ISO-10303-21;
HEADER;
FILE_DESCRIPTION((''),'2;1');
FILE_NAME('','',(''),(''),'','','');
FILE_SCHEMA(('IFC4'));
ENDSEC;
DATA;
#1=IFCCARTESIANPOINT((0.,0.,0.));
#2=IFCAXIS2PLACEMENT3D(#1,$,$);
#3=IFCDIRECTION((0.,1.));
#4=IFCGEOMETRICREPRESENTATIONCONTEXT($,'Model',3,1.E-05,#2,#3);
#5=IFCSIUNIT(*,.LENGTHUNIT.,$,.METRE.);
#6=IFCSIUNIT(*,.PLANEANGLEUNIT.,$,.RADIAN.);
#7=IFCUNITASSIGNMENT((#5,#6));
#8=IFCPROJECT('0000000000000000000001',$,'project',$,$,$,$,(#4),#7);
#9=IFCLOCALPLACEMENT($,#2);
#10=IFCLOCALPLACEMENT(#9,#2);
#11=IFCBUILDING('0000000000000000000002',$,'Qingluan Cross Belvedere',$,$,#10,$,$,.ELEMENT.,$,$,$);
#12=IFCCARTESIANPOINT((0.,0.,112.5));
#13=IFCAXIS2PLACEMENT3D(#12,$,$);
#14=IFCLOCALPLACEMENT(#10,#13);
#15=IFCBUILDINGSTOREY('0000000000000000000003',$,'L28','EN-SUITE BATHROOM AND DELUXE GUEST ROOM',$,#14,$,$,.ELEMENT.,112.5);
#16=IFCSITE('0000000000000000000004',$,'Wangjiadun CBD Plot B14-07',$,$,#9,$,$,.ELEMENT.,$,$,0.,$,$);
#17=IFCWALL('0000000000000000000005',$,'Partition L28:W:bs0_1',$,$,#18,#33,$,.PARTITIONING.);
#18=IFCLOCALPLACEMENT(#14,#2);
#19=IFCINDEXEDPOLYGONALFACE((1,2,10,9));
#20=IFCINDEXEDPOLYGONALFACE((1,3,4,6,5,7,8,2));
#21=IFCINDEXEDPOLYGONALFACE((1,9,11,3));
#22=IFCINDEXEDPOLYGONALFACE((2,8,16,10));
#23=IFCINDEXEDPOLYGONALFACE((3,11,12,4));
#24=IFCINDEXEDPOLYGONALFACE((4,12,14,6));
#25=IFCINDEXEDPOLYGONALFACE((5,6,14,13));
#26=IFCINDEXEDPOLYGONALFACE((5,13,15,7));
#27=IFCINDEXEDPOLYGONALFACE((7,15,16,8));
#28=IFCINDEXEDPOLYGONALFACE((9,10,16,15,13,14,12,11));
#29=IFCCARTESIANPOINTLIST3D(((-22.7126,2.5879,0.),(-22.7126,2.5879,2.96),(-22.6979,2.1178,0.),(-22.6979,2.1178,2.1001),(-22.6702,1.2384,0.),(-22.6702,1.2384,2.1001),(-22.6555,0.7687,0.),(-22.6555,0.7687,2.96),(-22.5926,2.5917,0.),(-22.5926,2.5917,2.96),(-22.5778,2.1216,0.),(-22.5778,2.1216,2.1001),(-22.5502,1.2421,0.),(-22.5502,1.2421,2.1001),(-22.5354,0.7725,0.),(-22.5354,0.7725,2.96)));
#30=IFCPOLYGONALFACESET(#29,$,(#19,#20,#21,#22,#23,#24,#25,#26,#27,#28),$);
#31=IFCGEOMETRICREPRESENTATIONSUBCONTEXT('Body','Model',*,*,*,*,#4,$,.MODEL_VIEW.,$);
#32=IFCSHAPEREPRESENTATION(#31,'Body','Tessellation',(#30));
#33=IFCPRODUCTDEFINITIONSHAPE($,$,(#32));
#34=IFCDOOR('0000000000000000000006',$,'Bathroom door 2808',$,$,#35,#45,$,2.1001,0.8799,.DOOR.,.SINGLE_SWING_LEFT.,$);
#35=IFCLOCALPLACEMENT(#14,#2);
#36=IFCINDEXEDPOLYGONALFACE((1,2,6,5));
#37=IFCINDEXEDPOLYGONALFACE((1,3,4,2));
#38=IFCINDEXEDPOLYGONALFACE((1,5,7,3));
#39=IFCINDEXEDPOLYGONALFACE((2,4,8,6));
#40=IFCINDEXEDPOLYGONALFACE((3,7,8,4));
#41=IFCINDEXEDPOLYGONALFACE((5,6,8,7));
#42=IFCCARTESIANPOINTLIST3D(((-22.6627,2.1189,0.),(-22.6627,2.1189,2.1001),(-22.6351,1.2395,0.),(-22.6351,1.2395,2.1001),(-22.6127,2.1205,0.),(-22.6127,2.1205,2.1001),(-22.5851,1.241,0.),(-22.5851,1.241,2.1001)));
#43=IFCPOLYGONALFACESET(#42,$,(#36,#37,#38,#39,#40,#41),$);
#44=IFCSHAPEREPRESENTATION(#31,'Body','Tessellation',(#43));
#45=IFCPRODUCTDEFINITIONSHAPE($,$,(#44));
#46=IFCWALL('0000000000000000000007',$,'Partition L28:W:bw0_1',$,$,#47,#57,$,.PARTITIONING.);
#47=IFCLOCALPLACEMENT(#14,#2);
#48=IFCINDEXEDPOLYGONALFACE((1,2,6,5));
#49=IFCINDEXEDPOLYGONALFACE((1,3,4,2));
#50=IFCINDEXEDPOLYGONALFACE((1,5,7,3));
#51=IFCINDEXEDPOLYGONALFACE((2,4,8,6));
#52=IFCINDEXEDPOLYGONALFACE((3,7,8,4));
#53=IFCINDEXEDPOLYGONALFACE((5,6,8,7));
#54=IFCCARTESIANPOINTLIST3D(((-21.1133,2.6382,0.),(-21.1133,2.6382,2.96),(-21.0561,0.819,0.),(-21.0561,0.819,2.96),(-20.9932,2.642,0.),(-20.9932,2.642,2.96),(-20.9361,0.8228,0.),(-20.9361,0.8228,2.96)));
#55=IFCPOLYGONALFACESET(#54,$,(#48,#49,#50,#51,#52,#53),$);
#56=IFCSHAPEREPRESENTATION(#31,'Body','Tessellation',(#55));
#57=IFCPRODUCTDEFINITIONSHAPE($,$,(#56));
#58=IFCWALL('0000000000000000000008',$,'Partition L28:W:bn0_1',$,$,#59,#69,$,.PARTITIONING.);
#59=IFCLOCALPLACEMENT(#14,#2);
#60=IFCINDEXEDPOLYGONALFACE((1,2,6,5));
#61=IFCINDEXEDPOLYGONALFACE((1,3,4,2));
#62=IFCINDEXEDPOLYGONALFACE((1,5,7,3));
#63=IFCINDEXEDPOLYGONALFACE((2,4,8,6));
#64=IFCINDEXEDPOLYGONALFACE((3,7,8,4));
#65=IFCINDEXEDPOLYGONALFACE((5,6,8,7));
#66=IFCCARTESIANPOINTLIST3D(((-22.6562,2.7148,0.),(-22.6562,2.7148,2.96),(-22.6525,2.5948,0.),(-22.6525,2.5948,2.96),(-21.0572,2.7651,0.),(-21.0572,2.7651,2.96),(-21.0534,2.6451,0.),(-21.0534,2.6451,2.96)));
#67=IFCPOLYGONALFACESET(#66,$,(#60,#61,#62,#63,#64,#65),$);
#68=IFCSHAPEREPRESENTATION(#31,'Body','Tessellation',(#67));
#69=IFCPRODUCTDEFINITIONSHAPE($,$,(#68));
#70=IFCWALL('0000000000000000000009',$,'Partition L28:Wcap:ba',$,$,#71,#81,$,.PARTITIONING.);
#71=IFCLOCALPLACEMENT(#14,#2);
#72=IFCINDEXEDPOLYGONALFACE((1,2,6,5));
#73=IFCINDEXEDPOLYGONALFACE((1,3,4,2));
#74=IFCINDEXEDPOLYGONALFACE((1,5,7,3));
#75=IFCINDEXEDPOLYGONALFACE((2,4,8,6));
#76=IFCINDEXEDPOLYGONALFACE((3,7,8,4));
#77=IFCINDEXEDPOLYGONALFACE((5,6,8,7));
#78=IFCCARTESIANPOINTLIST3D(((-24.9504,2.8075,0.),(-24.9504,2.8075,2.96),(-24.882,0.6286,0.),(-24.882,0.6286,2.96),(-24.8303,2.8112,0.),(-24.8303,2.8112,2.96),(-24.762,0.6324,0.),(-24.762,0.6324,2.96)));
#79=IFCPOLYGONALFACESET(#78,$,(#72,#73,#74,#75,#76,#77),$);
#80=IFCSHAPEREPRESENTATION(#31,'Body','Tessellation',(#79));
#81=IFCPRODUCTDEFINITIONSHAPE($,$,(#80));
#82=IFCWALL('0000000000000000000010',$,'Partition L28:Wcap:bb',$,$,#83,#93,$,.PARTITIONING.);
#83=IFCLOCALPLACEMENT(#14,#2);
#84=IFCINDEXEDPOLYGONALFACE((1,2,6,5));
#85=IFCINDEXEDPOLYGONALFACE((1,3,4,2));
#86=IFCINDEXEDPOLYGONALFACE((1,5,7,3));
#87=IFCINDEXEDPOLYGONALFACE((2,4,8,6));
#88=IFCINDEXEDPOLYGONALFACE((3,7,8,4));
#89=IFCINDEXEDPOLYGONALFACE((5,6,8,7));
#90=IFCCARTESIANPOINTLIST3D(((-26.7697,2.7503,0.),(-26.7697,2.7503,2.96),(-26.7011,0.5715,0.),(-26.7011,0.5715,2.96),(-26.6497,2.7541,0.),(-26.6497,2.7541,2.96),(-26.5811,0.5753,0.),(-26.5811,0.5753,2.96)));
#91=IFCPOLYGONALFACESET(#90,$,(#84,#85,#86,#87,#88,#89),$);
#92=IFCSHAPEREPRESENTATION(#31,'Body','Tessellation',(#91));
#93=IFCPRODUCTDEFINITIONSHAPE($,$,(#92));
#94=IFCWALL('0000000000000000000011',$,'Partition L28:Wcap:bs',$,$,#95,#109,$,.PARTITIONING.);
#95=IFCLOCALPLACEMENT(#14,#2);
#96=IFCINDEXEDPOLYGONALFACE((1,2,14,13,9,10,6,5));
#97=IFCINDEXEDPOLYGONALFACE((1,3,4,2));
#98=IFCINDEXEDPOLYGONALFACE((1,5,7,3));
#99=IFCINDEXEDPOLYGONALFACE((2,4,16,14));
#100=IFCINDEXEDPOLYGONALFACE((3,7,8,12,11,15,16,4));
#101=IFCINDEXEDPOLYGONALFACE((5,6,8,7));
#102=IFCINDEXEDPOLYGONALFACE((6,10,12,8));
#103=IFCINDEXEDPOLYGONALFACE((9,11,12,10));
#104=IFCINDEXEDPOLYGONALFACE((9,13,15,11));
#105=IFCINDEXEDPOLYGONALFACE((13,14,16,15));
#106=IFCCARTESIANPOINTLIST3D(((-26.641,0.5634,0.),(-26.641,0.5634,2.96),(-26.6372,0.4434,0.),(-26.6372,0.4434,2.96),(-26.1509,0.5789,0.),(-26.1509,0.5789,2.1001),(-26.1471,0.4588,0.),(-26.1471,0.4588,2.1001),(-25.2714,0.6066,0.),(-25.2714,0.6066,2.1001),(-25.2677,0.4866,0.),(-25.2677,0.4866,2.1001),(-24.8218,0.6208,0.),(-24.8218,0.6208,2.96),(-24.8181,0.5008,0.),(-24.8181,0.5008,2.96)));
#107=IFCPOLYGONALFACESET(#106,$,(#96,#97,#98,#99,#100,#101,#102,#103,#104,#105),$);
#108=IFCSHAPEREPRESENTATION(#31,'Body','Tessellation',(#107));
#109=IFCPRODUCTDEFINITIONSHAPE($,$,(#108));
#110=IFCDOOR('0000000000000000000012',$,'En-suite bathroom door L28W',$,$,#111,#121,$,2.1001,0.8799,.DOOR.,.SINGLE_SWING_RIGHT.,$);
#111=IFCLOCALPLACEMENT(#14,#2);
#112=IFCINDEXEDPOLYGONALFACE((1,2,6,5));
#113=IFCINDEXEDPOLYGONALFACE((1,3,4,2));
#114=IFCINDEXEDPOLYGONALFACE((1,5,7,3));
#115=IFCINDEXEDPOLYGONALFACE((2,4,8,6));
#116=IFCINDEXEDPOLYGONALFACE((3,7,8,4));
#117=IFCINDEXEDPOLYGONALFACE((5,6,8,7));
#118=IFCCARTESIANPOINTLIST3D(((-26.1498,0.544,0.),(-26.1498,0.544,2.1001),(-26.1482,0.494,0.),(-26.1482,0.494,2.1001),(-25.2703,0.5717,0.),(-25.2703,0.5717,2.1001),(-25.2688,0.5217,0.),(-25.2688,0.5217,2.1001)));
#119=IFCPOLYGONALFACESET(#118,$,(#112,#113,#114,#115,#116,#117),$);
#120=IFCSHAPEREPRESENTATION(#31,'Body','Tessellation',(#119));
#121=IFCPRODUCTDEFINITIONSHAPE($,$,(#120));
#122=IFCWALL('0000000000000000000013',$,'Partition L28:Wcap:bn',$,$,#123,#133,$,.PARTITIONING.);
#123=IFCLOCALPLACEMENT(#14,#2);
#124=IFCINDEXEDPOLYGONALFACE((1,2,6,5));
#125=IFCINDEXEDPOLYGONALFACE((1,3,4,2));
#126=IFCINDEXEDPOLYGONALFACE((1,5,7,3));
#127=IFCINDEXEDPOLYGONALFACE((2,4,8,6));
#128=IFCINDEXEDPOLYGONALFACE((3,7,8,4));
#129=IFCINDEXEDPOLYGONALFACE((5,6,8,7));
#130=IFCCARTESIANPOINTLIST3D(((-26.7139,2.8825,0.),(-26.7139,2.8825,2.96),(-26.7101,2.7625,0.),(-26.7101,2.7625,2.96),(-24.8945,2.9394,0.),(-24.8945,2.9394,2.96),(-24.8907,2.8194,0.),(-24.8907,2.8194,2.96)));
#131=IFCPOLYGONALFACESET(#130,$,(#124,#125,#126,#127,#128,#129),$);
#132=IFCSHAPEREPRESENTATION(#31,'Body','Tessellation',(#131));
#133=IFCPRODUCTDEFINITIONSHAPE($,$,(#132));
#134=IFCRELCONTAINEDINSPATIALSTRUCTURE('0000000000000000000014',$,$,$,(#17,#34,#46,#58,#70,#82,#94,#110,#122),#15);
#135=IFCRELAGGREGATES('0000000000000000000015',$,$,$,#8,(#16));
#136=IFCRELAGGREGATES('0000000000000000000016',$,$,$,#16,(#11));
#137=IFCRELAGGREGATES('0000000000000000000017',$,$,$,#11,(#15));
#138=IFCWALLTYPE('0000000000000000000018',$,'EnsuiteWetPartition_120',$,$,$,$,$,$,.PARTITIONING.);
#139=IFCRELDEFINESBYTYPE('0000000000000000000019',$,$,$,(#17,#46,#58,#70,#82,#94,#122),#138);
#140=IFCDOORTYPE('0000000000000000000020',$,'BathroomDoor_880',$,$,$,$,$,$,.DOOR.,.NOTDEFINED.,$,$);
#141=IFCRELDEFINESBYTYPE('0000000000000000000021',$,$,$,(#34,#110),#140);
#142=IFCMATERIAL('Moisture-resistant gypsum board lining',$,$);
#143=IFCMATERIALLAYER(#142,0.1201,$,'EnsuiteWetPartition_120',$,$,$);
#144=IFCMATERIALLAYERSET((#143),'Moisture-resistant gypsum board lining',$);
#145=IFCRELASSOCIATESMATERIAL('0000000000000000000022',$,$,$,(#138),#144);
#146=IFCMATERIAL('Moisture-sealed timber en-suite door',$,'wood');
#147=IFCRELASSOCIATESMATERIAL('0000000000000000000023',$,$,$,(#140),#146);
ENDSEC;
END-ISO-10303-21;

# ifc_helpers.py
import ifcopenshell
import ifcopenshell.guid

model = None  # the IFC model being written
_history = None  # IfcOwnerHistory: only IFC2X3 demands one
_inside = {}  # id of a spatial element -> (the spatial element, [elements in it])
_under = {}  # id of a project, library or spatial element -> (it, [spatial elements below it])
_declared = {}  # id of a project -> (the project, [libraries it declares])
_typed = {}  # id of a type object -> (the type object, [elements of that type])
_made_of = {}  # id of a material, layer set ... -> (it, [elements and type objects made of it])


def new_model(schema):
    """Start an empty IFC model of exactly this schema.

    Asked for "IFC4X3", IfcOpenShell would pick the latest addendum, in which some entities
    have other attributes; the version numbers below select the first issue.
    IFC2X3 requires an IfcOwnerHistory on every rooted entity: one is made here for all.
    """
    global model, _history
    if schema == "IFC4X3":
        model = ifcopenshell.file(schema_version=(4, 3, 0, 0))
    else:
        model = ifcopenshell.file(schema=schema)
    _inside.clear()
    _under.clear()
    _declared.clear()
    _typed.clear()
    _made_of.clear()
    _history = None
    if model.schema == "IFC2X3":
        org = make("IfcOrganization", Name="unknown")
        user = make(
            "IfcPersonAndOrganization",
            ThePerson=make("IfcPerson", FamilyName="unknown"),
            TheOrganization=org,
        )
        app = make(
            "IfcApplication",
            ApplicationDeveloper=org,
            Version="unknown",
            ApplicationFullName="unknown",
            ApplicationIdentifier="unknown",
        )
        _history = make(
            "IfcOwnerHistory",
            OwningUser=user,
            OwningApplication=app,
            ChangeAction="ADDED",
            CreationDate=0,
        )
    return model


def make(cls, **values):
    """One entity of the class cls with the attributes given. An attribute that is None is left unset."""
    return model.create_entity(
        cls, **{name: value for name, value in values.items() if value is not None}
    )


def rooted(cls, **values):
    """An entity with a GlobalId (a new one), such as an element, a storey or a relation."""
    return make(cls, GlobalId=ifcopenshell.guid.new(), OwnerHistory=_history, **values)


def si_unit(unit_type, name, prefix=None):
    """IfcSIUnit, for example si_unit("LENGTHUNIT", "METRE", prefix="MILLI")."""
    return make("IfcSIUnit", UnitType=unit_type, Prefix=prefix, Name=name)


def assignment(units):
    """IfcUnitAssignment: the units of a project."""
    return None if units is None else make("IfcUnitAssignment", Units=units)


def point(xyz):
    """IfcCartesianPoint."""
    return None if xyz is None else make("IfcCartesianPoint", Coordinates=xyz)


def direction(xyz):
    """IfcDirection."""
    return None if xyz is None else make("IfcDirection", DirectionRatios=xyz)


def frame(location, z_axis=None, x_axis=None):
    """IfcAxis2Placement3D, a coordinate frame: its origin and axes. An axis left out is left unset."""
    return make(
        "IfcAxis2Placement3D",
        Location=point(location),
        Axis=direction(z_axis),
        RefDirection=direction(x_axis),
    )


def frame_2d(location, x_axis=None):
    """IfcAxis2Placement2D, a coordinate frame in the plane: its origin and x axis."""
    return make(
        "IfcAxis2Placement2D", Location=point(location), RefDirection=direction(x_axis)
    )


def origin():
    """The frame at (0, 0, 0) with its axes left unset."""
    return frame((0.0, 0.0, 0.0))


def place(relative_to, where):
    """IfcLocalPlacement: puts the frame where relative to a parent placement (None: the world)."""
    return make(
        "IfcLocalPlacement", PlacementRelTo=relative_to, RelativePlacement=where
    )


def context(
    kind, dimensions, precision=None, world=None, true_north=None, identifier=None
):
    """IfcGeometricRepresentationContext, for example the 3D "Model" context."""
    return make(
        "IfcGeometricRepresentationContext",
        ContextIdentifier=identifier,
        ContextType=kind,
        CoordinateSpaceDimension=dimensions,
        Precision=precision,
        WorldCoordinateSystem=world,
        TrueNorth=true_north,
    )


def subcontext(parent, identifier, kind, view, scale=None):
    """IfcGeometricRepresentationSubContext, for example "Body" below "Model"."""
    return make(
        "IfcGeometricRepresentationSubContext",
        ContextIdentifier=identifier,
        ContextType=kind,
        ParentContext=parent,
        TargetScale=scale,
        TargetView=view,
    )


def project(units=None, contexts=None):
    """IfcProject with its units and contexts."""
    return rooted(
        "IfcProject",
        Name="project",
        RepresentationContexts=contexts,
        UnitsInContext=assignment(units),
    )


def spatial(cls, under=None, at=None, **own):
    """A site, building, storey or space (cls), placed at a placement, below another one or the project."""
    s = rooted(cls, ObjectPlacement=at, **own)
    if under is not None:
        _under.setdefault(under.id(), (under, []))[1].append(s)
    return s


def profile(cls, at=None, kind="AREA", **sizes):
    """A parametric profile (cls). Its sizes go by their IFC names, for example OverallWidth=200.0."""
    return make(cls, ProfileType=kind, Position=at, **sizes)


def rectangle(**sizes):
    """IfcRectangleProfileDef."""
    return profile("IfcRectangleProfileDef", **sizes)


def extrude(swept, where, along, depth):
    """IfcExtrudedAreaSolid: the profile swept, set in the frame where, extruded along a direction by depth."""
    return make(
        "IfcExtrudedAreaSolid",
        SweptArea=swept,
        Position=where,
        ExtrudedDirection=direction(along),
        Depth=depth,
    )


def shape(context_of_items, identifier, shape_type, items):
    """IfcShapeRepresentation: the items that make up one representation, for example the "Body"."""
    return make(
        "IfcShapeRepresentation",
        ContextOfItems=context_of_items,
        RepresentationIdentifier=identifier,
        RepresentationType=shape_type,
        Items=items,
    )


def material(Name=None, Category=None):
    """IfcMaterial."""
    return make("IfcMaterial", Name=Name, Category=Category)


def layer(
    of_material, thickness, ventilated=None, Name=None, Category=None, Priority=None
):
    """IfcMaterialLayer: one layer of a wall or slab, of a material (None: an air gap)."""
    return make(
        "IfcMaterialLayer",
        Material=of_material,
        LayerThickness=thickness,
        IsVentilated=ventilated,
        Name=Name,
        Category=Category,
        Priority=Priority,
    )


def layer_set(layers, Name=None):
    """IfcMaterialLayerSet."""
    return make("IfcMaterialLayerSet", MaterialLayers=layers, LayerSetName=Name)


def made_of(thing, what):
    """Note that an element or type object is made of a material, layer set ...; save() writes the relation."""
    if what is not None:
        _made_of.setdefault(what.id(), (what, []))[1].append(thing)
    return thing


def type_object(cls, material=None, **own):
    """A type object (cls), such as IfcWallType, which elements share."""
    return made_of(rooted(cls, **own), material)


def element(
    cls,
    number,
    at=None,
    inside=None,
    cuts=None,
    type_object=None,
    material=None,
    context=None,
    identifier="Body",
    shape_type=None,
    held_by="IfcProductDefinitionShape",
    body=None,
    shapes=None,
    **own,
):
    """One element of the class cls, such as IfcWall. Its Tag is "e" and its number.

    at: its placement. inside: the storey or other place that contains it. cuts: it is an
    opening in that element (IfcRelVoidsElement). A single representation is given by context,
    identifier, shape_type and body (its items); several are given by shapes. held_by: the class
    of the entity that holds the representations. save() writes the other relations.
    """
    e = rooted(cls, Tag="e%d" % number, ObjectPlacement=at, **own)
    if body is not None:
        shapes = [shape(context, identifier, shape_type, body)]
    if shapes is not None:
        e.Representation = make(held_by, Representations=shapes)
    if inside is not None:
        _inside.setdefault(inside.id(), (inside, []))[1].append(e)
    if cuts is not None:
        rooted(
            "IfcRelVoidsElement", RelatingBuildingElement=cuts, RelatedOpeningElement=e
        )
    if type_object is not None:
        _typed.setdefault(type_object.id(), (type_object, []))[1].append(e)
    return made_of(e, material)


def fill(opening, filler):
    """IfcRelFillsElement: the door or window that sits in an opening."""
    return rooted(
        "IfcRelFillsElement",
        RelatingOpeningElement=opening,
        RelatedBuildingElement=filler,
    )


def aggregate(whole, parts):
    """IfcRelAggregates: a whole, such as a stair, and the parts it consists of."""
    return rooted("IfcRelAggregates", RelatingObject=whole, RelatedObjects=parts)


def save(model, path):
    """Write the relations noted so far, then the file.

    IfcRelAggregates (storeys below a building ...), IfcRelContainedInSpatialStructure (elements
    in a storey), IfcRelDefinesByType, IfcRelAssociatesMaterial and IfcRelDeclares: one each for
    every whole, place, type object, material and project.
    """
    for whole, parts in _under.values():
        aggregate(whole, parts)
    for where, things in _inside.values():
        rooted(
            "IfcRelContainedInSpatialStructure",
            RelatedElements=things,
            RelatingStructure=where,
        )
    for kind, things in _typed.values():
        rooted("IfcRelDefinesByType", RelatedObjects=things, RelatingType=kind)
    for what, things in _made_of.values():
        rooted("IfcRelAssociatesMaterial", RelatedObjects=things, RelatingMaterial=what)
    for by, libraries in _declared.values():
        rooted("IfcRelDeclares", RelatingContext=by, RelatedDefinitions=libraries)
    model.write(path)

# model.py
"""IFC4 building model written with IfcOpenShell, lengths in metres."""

from ifc_helpers import new_model, si_unit, direction, frame, frame_2d, origin, place, context, subcontext, project, spatial, rectangle, extrude, material, layer, layer_set, type_object, element, fill, save


model = new_model("IFC4")

# Units and contexts
model_context = context("Model", 3, precision=1e-05, world=origin(), true_north=direction((0.0, 1.0)))
body_context = subcontext(model_context, "Body", "Model", "MODEL_VIEW")
ifc_project = project(units=[si_unit("LENGTHUNIT", "METRE"), si_unit("PLANEANGLEUNIT", "RADIAN")], contexts=[model_context])

# Site, building, storey
site_placement = place(None, origin())
site = spatial("IfcSite", under=ifc_project, at=site_placement, Name="Wangjiadun CBD Plot B14-07", CompositionType="ELEMENT", RefElevation=0.0)
building_placement = place(site_placement, origin())
building = spatial("IfcBuilding", under=site, at=building_placement, Name="Qingluan Cross Belvedere", CompositionType="ELEMENT")
storey_placement = place(building_placement, frame((0.0, 0.0, 112.5)))
storey = spatial("IfcBuildingStorey", under=building, at=storey_placement, Name="L28", Description="EN-SUITE BATHROOM AND DELUXE GUEST ROOM", CompositionType="ELEMENT", Elevation=112.5)

# Shared definitions
ifc_material_1 = material(Name="Moisture-resistant gypsum board lining")
ifc_layer_1 = layer(ifc_material_1, 0.1201, Name="EnsuiteWetPartition_120")
ifc_layer_set_1 = layer_set([ifc_layer_1], Name="Moisture-resistant gypsum board lining")
wall_type_1 = type_object("IfcWallType", Name="EnsuiteWetPartition_120", PredefinedType="PARTITIONING", material=ifc_layer_set_1)
ifc_material_2 = material(Name="Moisture-sealed timber en-suite door", Category="wood")
door_type_1 = type_object("IfcDoorType", Name="BathroomDoor_880", OperationType="NOTDEFINED", PredefinedType="DOOR", material=ifc_material_2)

# Wall, opening, door
wall_1_placement = place(storey_placement, frame((-22.5955, 0.7705, 0.0), z_axis=(0.0, 0.0, 1.0), x_axis=(-0.03139, 0.999507, 0.0)))
wall_1 = element("IfcWall", 1, at=wall_1_placement, inside=storey, type_object=wall_type_1, Name="Partition L28:W:bs0_1", PredefinedType="PARTITIONING", context=body_context, shape_type="SweptSolid", body=[
    extrude(rectangle(XDim=1.8201, YDim=0.1201, at=frame_2d((0.9102, 0.0))), origin(), (0.0, 0.0, 1.0), 2.96),
])
opening_1_placement = place(wall_1_placement, frame((0.47, 0.0, 0.0)))
opening_1 = element("IfcOpeningElement", 2, at=opening_1_placement, cuts=wall_1, PredefinedType="OPENING", context=body_context, shape_type="SweptSolid", body=[
    extrude(rectangle(XDim=0.8799, YDim=2.1001, at=frame_2d((0.4399, 1.05))), frame((0.0, 0.0701, 0.0), z_axis=(0.0, -1.0, 0.0), x_axis=(1.0, 0.0, 0.0)), (0.0, 0.0, 1.0), 0.1401),
])
door_1_placement = place(opening_1_placement, origin())
door_1 = element("IfcDoor", 3, at=door_1_placement, inside=storey, type_object=door_type_1, Name="Bathroom door 2808", OperationType="SINGLE_SWING_LEFT", OverallHeight=2.1001, OverallWidth=0.8799, PredefinedType="DOOR", context=body_context, shape_type="SweptSolid", body=[
    extrude(rectangle(XDim=0.8799, YDim=2.1001, at=frame_2d((0.4399, 1.05))), frame((0.0, 0.0249, 0.0), z_axis=(0.0, -1.0, 0.0), x_axis=(1.0, 0.0, 0.0)), (0.0, 0.0, 1.0), 0.05),
])
fill(opening_1, door_1)

# Walls
wall_2_placement = place(storey_placement, frame((-20.9961, 0.8208, 0.0), z_axis=(0.0, 0.0, 1.0), x_axis=(-0.03139, 0.999507, 0.0)))
element("IfcWall", 4, at=wall_2_placement, inside=storey, type_object=wall_type_1, Name="Partition L28:W:bw0_1", PredefinedType="PARTITIONING", context=body_context, shape_type="SweptSolid", body=[
    extrude(rectangle(XDim=1.8201, YDim=0.1201, at=frame_2d((0.9102, 0.0))), origin(), (0.0, 0.0, 1.0), 2.96),
])
wall_3_placement = place(storey_placement, frame((-21.0554, 2.7051, 0.0), z_axis=(0.0, 0.0, 1.0), x_axis=(-0.999506, -0.031435, 0.0)))
element("IfcWall", 5, at=wall_3_placement, inside=storey, type_object=wall_type_1, Name="Partition L28:W:bn0_1", PredefinedType="PARTITIONING", context=body_context, shape_type="SweptSolid", body=[
    extrude(rectangle(XDim=1.5999, YDim=0.1201, at=frame_2d((0.7998, 0.0))), origin(), (0.0, 0.0, 1.0), 2.96),
])
for number, where, z_axis, x_axis, name in (
    (6, (-24.822, 0.6306, 0.0), (0.0, 0.0, 1.0), (-0.031357, 0.999508, 0.0), "Partition L28:Wcap:ba"),
    (7, (-26.6411, 0.5735, 0.0), (0.0, 0.0, 1.0), (-0.031469, 0.999505, 0.0), "Partition L28:Wcap:bb"),
):
    element("IfcWall", number, at=place(storey_placement, frame(where, z_axis=z_axis, x_axis=x_axis)), inside=storey, type_object=wall_type_1, Name=name, PredefinedType="PARTITIONING", context=body_context, shape_type="SweptSolid", body=[
        extrude(rectangle(XDim=2.1799, YDim=0.1201, at=frame_2d((1.0898, 0.0))), origin(), (0.0, 0.0, 1.0), 2.96),
    ])

# Wall, opening, door
wall_4_placement = place(storey_placement, frame((-24.8198, 0.5608, 0.0), z_axis=(0.0, 0.0, 1.0), x_axis=(-0.999503, -0.031524, 0.0)))
wall_4 = element("IfcWall", 8, at=wall_4_placement, inside=storey, type_object=wall_type_1, Name="Partition L28:Wcap:bs", PredefinedType="PARTITIONING", context=body_context, shape_type="SweptSolid", body=[
    extrude(rectangle(XDim=1.8201, YDim=0.1201, at=frame_2d((0.9102, 0.0))), origin(), (0.0, 0.0, 1.0), 2.96),
])
opening_2_placement = place(wall_4_placement, frame((0.45, 0.0, 0.0)))
opening_2 = element("IfcOpeningElement", 9, at=opening_2_placement, cuts=wall_4, PredefinedType="OPENING", context=body_context, shape_type="SweptSolid", body=[
    extrude(rectangle(XDim=0.8799, YDim=2.1001, at=frame_2d((0.4399, 1.05))), frame((0.0, 0.0701, 0.0), z_axis=(0.0, -1.0, 0.0), x_axis=(1.0, 0.0, 0.0)), (0.0, 0.0, 1.0), 0.1401),
])
door_2_placement = place(opening_2_placement, origin())
door_2 = element("IfcDoor", 10, at=door_2_placement, inside=storey, type_object=door_type_1, Name="En-suite bathroom door L28W", OperationType="SINGLE_SWING_RIGHT", OverallHeight=2.1001, OverallWidth=0.8799, PredefinedType="DOOR", context=body_context, shape_type="SweptSolid", body=[
    extrude(rectangle(XDim=0.8799, YDim=2.1001, at=frame_2d((0.4399, 1.05))), frame((0.0, 0.0249, 0.0), z_axis=(0.0, -1.0, 0.0), x_axis=(1.0, 0.0, 0.0)), (0.0, 0.0, 1.0), 0.05),
])
fill(opening_2, door_2)

# Wall
wall_5_placement = place(storey_placement, frame((-24.8926, 2.8794, 0.0), z_axis=(0.0, 0.0, 1.0), x_axis=(-0.999512, -0.031252, 0.0)))
element("IfcWall", 11, at=wall_5_placement, inside=storey, type_object=wall_type_1, Name="Partition L28:Wcap:bn", PredefinedType="PARTITIONING", context=body_context, shape_type="SweptSolid", body=[
    extrude(rectangle(XDim=1.8203, YDim=0.1201, at=frame_2d((0.9102, 0.0))), origin(), (0.0, 0.0, 1.0), 2.96),
])

save(model, "model.ifc")
